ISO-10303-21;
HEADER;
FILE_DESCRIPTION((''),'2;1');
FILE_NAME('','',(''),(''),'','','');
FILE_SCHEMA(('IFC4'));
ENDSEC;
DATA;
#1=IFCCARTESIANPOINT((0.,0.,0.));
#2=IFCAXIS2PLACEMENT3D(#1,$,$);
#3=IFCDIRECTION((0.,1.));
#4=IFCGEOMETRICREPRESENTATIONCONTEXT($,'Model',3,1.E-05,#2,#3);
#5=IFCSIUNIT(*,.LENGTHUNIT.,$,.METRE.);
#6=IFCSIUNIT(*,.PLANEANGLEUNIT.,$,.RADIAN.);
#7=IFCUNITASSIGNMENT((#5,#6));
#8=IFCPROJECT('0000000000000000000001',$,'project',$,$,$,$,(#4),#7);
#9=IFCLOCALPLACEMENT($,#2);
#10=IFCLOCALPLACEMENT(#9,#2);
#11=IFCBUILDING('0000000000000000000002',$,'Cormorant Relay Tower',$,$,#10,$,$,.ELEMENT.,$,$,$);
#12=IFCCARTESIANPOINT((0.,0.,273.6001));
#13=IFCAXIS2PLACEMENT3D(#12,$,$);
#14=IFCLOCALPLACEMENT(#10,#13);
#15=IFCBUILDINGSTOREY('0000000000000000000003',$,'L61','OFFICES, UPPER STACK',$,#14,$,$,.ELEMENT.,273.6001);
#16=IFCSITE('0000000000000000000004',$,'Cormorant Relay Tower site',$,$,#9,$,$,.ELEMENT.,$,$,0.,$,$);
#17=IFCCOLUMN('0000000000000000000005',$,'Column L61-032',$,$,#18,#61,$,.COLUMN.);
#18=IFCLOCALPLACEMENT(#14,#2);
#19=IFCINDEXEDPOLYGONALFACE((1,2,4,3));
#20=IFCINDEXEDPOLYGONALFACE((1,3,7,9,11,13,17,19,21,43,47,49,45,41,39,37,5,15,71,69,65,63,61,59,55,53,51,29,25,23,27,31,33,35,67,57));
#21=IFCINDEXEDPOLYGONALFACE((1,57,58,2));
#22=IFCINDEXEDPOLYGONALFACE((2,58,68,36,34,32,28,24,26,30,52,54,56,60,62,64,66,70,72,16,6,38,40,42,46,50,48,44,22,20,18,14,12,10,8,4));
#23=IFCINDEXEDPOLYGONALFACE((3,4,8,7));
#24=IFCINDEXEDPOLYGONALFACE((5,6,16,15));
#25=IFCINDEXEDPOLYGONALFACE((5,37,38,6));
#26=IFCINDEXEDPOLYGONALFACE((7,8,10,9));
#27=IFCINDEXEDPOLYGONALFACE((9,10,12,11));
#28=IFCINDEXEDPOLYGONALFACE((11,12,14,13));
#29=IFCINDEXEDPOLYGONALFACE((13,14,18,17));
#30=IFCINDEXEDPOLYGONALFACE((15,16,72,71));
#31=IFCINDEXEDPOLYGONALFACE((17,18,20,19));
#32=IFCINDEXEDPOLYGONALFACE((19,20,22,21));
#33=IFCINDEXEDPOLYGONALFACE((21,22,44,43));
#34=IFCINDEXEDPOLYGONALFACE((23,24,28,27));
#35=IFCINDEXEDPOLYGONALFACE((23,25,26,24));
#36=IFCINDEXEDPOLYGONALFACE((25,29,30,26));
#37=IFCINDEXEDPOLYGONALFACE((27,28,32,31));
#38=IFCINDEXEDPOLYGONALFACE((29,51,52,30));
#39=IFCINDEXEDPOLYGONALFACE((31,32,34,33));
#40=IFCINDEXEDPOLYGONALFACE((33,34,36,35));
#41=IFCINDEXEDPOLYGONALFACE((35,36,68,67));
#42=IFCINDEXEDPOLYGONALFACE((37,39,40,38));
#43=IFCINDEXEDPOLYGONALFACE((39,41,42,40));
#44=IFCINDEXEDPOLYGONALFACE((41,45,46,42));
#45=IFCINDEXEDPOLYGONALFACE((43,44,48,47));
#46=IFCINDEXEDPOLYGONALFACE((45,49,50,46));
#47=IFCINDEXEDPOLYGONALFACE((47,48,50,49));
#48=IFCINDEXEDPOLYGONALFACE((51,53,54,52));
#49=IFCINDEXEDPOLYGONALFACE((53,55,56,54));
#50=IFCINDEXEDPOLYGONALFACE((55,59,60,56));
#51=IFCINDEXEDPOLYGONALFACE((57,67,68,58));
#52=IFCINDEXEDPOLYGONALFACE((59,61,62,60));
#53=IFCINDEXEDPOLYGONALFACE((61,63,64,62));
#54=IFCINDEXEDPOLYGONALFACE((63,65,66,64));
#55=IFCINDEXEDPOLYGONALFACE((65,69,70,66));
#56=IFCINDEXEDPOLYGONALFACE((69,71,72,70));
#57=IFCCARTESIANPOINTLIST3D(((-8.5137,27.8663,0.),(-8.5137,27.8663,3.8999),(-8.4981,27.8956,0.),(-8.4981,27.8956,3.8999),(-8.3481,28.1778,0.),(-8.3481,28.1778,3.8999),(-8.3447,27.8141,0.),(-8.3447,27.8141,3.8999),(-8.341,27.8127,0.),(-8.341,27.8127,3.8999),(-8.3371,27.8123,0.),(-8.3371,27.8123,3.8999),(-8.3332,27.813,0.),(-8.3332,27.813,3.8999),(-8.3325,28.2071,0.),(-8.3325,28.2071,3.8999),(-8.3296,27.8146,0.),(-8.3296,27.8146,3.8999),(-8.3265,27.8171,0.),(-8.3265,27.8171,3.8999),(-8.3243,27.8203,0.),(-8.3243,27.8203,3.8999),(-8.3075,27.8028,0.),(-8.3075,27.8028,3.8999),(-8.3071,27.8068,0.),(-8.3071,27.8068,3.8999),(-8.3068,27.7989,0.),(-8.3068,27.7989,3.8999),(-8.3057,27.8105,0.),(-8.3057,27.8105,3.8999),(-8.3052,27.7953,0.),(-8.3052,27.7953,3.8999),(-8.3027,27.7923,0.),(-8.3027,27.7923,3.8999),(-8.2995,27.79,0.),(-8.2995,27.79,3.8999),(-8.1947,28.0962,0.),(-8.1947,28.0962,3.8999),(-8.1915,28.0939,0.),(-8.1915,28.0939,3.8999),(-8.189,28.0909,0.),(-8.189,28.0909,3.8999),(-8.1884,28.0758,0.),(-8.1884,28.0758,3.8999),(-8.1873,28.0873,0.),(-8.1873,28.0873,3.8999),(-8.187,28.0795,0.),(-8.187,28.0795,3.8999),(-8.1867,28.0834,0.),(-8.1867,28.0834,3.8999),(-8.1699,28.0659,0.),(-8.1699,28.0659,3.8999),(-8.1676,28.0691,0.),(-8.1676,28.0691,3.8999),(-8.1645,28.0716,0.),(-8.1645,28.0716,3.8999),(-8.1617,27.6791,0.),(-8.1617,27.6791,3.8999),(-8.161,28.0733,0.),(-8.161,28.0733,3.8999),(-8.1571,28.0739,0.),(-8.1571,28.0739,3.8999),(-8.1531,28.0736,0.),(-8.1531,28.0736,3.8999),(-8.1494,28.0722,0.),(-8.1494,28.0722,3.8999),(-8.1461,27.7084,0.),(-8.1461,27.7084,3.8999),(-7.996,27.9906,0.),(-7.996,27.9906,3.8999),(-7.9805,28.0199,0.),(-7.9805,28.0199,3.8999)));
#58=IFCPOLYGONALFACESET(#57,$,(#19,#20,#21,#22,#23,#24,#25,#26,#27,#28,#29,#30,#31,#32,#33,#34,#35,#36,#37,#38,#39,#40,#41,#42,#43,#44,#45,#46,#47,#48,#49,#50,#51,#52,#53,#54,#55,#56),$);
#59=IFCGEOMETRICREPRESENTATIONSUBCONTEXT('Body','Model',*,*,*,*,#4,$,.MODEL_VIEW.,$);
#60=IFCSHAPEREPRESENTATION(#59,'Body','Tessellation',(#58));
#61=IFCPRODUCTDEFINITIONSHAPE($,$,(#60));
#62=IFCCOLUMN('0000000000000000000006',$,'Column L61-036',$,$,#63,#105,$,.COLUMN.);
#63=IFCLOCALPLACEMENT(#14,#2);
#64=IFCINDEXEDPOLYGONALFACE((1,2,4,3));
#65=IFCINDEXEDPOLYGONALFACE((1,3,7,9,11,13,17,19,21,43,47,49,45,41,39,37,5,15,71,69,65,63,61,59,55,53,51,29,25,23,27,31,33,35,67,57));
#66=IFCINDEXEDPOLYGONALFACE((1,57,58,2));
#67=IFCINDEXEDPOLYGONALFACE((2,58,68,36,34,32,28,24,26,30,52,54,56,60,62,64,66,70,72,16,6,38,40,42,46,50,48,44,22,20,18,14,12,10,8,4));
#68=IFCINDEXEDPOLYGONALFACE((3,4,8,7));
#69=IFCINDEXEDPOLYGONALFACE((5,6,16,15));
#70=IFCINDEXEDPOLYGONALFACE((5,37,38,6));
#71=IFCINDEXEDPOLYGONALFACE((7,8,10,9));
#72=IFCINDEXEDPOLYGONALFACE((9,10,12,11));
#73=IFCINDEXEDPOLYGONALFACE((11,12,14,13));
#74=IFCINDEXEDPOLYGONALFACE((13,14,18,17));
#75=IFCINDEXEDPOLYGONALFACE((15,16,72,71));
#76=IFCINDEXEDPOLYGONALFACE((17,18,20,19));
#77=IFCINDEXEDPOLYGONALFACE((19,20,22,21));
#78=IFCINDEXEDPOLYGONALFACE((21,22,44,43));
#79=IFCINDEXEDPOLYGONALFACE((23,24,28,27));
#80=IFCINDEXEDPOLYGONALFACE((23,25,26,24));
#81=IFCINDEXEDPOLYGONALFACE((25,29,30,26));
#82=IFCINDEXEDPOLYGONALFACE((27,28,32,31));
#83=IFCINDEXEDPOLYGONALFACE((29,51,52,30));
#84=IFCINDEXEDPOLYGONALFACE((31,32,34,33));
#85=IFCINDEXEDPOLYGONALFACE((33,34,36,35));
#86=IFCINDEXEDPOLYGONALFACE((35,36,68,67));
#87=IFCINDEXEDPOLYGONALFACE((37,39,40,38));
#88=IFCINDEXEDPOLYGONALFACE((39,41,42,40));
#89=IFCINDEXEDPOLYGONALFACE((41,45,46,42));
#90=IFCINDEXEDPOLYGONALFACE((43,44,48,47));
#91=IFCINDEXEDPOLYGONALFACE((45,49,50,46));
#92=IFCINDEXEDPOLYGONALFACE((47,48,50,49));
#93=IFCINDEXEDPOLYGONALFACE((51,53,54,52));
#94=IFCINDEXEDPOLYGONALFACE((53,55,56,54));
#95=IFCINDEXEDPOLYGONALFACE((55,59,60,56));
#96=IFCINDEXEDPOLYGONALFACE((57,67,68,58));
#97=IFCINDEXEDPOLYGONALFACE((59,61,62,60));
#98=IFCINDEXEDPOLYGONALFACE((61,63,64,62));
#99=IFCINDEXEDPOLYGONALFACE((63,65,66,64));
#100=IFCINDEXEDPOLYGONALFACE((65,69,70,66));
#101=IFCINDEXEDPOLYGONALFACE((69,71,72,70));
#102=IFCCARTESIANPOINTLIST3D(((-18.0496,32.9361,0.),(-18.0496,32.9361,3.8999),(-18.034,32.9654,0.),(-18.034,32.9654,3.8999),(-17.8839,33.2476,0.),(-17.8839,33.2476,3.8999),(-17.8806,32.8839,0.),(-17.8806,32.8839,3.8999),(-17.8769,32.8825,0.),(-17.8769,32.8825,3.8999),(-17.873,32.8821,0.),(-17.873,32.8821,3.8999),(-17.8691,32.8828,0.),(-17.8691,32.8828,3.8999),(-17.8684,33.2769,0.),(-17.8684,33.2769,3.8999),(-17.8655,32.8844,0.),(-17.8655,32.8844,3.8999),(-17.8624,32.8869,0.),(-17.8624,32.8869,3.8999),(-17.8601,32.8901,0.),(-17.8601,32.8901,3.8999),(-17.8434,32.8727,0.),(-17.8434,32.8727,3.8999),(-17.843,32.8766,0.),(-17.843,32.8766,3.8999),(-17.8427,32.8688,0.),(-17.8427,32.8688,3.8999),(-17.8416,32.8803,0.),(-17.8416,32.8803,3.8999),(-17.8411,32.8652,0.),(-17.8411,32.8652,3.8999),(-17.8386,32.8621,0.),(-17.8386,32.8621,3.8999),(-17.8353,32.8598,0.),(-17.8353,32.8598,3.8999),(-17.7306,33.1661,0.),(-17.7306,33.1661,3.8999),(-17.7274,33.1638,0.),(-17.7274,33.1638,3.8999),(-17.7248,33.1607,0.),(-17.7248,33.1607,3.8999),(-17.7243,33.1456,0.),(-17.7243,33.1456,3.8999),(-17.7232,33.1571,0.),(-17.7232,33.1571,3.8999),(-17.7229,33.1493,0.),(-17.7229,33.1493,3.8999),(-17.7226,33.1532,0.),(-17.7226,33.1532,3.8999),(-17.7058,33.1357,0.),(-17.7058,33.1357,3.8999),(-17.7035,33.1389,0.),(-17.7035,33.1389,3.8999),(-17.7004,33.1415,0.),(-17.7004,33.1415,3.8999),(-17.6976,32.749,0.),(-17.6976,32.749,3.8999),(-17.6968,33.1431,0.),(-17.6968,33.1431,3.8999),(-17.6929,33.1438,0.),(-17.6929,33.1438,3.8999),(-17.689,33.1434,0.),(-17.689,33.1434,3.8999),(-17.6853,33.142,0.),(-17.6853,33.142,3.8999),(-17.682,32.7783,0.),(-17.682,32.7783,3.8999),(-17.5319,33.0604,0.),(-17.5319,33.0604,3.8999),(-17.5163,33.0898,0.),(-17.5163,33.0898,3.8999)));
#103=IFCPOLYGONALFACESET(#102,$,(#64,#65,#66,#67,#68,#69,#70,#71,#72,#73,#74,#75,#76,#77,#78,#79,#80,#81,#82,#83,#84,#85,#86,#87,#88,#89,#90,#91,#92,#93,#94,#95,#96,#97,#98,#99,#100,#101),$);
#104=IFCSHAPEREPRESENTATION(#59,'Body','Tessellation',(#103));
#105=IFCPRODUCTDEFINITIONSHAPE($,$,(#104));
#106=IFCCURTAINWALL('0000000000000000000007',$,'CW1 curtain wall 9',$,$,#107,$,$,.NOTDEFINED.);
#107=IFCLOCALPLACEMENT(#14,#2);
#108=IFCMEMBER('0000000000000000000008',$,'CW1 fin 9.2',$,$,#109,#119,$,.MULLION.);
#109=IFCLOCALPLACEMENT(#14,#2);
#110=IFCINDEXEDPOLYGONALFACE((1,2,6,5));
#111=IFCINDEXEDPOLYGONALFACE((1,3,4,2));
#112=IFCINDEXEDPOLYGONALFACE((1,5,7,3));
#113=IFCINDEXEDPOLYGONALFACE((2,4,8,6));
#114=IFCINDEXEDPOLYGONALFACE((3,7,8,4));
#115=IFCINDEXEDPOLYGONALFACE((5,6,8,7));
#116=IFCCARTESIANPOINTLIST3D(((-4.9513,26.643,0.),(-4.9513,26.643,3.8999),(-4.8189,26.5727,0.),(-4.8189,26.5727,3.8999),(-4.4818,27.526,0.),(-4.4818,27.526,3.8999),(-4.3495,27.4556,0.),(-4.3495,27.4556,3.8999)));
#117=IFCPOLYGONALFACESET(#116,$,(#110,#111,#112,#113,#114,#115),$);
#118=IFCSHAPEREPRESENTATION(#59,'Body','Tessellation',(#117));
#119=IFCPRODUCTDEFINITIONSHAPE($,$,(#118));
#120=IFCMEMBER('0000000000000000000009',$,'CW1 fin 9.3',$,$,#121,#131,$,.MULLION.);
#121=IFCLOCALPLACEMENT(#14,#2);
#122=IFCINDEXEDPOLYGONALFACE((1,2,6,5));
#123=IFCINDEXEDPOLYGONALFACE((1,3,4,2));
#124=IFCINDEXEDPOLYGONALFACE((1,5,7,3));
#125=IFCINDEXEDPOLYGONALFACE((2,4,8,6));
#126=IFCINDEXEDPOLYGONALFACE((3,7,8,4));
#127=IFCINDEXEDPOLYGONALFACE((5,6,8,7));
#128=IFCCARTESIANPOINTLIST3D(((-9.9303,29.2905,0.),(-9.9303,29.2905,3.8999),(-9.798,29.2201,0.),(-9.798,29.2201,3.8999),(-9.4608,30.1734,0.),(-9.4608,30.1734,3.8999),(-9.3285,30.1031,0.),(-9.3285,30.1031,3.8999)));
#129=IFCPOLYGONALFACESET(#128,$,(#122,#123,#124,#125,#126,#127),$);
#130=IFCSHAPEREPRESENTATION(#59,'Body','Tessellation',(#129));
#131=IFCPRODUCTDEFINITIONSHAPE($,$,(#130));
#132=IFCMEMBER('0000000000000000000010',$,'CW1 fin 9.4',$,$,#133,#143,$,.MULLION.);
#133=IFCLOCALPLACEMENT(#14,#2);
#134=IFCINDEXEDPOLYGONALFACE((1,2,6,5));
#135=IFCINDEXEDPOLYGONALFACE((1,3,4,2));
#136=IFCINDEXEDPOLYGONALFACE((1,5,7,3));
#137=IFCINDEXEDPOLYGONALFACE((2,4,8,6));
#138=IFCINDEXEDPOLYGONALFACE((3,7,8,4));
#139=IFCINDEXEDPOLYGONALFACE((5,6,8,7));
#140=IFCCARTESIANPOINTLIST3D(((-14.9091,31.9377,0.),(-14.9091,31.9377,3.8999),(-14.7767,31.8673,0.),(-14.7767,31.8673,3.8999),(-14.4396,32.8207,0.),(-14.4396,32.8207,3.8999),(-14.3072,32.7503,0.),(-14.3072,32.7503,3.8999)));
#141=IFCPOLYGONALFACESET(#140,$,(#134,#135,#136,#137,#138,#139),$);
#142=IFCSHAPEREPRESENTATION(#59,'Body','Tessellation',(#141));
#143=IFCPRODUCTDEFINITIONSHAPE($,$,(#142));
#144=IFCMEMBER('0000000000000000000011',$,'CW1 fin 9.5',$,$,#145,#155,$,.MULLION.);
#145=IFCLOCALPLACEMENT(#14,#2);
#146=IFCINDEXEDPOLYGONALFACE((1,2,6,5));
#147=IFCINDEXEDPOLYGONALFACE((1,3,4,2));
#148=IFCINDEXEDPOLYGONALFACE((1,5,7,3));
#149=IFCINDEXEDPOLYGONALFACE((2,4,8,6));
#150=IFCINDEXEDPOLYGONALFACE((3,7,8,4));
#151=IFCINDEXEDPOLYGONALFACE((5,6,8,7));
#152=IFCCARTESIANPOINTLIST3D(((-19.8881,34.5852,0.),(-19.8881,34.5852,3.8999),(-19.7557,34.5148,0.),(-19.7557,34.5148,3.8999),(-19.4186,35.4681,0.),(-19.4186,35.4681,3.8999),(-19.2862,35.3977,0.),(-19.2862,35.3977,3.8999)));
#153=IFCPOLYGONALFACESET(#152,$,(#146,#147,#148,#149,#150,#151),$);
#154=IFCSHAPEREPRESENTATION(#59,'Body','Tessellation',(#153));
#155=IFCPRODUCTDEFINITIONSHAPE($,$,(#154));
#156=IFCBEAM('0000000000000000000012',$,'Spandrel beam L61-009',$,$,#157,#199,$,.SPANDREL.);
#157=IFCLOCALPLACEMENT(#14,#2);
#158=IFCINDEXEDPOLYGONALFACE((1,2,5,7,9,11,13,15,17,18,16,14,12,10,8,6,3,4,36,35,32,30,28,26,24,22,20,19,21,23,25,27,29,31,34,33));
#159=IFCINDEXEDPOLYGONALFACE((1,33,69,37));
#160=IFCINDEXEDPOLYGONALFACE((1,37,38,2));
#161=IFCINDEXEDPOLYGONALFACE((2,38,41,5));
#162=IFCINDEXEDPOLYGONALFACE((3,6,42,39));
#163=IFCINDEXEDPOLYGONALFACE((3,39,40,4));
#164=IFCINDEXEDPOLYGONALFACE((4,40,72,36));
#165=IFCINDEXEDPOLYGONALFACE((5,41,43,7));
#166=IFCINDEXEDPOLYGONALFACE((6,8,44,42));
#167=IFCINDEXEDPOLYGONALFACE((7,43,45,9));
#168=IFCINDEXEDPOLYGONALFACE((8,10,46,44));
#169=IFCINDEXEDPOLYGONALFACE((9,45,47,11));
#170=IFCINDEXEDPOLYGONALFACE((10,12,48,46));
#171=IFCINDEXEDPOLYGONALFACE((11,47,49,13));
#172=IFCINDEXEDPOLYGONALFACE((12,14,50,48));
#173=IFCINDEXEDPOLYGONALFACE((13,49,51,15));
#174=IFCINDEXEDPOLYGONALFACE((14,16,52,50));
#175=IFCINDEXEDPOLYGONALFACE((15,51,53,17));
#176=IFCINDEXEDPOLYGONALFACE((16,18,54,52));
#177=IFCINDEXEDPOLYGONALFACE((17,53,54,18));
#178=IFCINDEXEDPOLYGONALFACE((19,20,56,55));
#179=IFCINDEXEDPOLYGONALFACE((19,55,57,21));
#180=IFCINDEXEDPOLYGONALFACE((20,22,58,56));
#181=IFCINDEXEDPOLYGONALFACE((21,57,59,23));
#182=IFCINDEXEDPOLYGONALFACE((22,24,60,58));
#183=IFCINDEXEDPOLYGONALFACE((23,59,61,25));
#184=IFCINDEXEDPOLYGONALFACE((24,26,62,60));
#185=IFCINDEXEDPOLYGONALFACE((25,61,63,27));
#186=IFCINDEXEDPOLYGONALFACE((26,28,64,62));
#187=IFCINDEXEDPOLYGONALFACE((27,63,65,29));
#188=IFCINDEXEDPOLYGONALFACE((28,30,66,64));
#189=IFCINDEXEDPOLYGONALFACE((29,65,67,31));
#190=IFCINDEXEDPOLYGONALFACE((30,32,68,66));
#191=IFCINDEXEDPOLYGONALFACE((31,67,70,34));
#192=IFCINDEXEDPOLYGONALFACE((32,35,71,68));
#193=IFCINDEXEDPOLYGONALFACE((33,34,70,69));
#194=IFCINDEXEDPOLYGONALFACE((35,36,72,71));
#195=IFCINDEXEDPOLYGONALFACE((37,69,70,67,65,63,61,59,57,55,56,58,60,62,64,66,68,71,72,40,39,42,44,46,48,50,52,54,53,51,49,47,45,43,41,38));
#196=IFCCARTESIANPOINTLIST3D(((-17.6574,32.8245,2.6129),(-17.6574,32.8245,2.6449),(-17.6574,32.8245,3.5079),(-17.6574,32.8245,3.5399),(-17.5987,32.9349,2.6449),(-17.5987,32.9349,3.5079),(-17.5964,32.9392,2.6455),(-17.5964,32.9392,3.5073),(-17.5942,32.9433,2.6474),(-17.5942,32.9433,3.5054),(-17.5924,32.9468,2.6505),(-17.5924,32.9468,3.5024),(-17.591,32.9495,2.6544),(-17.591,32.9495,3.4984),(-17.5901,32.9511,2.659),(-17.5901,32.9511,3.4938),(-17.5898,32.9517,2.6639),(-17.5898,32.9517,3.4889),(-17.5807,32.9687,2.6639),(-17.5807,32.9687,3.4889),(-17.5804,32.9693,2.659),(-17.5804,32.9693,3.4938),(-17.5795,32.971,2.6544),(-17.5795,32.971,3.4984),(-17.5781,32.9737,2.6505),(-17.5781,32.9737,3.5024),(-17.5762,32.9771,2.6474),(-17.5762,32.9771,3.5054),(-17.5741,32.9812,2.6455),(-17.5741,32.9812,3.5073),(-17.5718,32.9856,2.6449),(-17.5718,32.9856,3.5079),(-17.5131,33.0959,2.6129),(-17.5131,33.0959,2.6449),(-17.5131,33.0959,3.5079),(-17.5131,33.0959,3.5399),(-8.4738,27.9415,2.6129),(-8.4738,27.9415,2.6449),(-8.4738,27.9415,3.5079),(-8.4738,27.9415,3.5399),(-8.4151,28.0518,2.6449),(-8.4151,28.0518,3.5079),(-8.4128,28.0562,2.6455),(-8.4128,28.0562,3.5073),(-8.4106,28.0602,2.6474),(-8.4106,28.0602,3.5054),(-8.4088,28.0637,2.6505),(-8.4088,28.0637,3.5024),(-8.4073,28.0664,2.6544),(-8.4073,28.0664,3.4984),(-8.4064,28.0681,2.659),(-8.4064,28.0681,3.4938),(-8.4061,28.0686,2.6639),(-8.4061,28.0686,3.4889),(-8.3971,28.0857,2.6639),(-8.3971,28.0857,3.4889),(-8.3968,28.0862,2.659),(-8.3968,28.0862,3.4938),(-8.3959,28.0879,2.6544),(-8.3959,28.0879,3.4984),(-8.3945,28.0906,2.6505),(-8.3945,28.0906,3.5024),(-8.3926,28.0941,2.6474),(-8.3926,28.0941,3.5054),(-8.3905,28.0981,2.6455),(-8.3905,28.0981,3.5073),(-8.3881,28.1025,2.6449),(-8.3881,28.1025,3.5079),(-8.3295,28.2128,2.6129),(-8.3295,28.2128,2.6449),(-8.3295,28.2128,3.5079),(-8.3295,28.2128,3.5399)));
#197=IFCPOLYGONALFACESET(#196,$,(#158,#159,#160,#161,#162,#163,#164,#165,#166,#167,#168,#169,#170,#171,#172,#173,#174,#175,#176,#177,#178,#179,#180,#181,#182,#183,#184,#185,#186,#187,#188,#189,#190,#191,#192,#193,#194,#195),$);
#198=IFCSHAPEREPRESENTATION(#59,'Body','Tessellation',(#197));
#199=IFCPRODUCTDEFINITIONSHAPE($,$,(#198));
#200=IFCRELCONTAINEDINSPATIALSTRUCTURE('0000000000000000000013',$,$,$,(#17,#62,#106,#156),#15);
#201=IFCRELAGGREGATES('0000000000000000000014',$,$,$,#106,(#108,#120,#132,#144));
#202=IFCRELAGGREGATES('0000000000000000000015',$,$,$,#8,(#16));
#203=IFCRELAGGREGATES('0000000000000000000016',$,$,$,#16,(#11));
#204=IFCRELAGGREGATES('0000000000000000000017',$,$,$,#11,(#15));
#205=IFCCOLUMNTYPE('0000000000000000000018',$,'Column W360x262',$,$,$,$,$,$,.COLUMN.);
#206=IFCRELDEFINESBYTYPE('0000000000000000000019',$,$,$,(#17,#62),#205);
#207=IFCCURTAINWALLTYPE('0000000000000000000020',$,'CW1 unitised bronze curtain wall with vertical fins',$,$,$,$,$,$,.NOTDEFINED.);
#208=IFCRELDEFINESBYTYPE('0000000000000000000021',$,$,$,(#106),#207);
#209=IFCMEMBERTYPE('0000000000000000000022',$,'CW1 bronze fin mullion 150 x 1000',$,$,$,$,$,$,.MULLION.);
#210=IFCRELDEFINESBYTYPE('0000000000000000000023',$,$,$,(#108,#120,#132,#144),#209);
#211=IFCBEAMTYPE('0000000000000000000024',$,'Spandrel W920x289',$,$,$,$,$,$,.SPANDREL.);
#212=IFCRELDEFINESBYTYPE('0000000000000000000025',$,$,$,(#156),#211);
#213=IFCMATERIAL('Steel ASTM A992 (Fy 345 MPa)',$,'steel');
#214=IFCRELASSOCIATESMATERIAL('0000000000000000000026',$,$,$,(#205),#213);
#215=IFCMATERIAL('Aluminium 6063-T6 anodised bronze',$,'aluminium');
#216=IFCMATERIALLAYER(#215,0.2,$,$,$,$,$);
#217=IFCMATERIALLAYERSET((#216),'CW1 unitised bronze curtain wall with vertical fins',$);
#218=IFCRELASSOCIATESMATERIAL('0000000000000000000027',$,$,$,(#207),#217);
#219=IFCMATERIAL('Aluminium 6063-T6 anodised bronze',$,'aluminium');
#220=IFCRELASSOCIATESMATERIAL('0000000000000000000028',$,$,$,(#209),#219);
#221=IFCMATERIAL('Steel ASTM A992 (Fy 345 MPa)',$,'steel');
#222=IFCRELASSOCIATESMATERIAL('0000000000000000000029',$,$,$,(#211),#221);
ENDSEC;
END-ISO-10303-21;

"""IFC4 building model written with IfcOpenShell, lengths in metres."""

from ifc_helpers import new_model, si_unit, direction, frame, origin, origin_2d, place, context, subcontext, project, spatial, rectangle, i_section, extrude, material, layer, layer_set, material_profile, profile_set, type_object, element, aggregate, save


model = new_model("IFC4")

# Units and contexts
model_context = context("Model", 3, precision=1e-05, world=origin(), true_north=direction((0.0, 1.0)))
body_context = subcontext(model_context, "Body", "Model", "MODEL_VIEW")
ifc_project = project(units=[si_unit("LENGTHUNIT", "METRE"), si_unit("PLANEANGLEUNIT", "RADIAN")], contexts=[model_context])

# Site, building, storey
site_placement = place(None, origin())
site = spatial("IfcSite", under=ifc_project, at=site_placement, Name="Cormorant Relay Tower site", CompositionType="ELEMENT", RefElevation=0.0)
building_placement = place(site_placement, origin())
building = spatial("IfcBuilding", under=site, at=building_placement, Name="Cormorant Relay Tower", CompositionType="ELEMENT")
storey_placement = place(building_placement, frame((0.0, 0.0, 273.6001)))
storey = spatial("IfcBuildingStorey", under=building, at=storey_placement, Name="L61", Description="OFFICES, UPPER STACK", CompositionType="ELEMENT", Elevation=273.6001)

# Columns
ifc_material_1 = material(Name="Steel ASTM A992 (Fy 345 MPa)", Category="steel")
ifc_material_profile_1 = material_profile(ifc_material_1, i_section(OverallWidth=0.3987, OverallDepth=0.386, WebThickness=0.021, FlangeThickness=0.0332, FilletRadius=0.0151, at=origin_2d()), Name="W360x262")
ifc_profile_set_1 = profile_set([ifc_material_profile_1], Name="Steel ASTM A992 (Fy 345 MPa)")
column_type = type_object("IfcColumnType", Name="Column W360x262", PredefinedType="COLUMN", material=ifc_profile_set_1)
for number, where, z_axis, x_axis, name in (
    (1, (-8.2471, 27.9431, 0.0), (0.0, 0.0, 1.0), (-0.882948, 0.469472, 0.0), "Column L61-032"),
    (2, (-17.783, 33.0129, 0.0), (0.0, 0.0, 1.0), (-0.882948, 0.469472, 0.0), "Column L61-036"),
):
    element("IfcColumn", number, at=place(storey_placement, frame(where, z_axis=z_axis, x_axis=x_axis)), inside=storey, type_object=column_type, Name=name, PredefinedType="COLUMN", context=body_context, shape_type="SweptSolid", body=[
        extrude(i_section(OverallWidth=0.3987, OverallDepth=0.386, WebThickness=0.021, FlangeThickness=0.0332, FilletRadius=0.0151, at=origin_2d()), origin(), (0.0, 0.0, 1.0), 3.8999),
    ])

# Curtain wall, members
ifc_material_2 = material(Name="Aluminium 6063-T6 anodised bronze", Category="aluminium")
ifc_layer_1 = layer(ifc_material_2, 0.2)
ifc_layer_set_1 = layer_set([ifc_layer_1], Name="CW1 unitised bronze curtain wall with vertical fins")
curtain_wall_type = type_object("IfcCurtainWallType", Name="CW1 unitised bronze curtain wall with vertical fins", PredefinedType="NOTDEFINED", material=ifc_layer_set_1)
curtain_wall_placement = place(storey_placement, origin())
curtain_wall = element("IfcCurtainWall", 3, at=curtain_wall_placement, inside=storey, type_object=curtain_wall_type, Name="CW1 curtain wall 9", PredefinedType="NOTDEFINED")
ifc_material_3 = material(Name="Aluminium 6063-T6 anodised bronze", Category="aluminium")
ifc_material_profile_2 = material_profile(ifc_material_3, rectangle(XDim=0.1499, YDim=1.0, at=origin_2d()), Name="AL 150x1000")
ifc_profile_set_2 = profile_set([ifc_material_profile_2], Name="Aluminium 6063-T6 anodised bronze")
member_type = type_object("IfcMemberType", Name="CW1 bronze fin mullion 150 x 1000", PredefinedType="MULLION", material=ifc_profile_set_2)
member_1_placement = place(storey_placement, frame((-4.6504, 27.0493, 0.0), z_axis=(0.0, 0.0, 1.0), x_axis=(-0.882948, 0.469472, 0.0)))
member_1 = element("IfcMember", 4, at=member_1_placement, type_object=member_type, Name="CW1 fin 9.2", PredefinedType="MULLION", context=body_context, shape_type="SweptSolid", body=[
    extrude(rectangle(XDim=0.1499, YDim=1.0, at=origin_2d()), origin(), (0.0, 0.0, 1.0), 3.8999),
])
member_2_placement = place(storey_placement, frame((-9.6294, 29.6968, 0.0), z_axis=(0.0, 0.0, 1.0), x_axis=(-0.882948, 0.469472, 0.0)))
member_2 = element("IfcMember", 5, at=member_2_placement, type_object=member_type, Name="CW1 fin 9.3", PredefinedType="MULLION", context=body_context, shape_type="SweptSolid", body=[
    extrude(rectangle(XDim=0.1499, YDim=1.0, at=origin_2d()), origin(), (0.0, 0.0, 1.0), 3.8999),
])
member_3_placement = place(storey_placement, frame((-14.6082, 32.344, 0.0), z_axis=(0.0, 0.0, 1.0), x_axis=(-0.882948, 0.469472, 0.0)))
member_3 = element("IfcMember", 6, at=member_3_placement, type_object=member_type, Name="CW1 fin 9.4", PredefinedType="MULLION", context=body_context, shape_type="SweptSolid", body=[
    extrude(rectangle(XDim=0.1499, YDim=1.0, at=origin_2d()), origin(), (0.0, 0.0, 1.0), 3.8999),
])
member_4_placement = place(storey_placement, frame((-19.5872, 34.9915, 0.0), z_axis=(0.0, 0.0, 1.0), x_axis=(-0.882948, 0.469472, 0.0)))
member_4 = element("IfcMember", 7, at=member_4_placement, type_object=member_type, Name="CW1 fin 9.5", PredefinedType="MULLION", context=body_context, shape_type="SweptSolid", body=[
    extrude(rectangle(XDim=0.1499, YDim=1.0, at=origin_2d()), origin(), (0.0, 0.0, 1.0), 3.8999),
])

# Beam
ifc_material_4 = material(Name="Steel ASTM A992 (Fy 345 MPa)", Category="steel")
ifc_material_profile_3 = material_profile(ifc_material_4, i_section(OverallWidth=0.3074, OverallDepth=0.927, WebThickness=0.0193, FlangeThickness=0.032, FilletRadius=0.019, at=origin_2d()), Name="W920x289")
ifc_profile_set_3 = profile_set([ifc_material_profile_3], Name="Steel ASTM A992 (Fy 345 MPa)")
beam_type_1 = type_object("IfcBeamType", Name="Spandrel W920x289", PredefinedType="SPANDREL", material=ifc_profile_set_3)
beam_1_placement = place(storey_placement, frame((-8.4016, 28.0771, 3.0764), z_axis=(-0.882945, 0.469476, 0.0), x_axis=(-0.469476, -0.882945, 0.0)))
element("IfcBeam", 8, at=beam_1_placement, inside=storey, type_object=beam_type_1, Name="Spandrel beam L61-009", PredefinedType="SPANDREL", context=body_context, shape_type="SweptSolid", body=[
    extrude(i_section(OverallWidth=0.3074, OverallDepth=0.927, WebThickness=0.0193, FlangeThickness=0.032, FilletRadius=0.019, at=origin_2d()), origin(), (0.0, 0.0, 1.0), 10.4011),
])

aggregate(curtain_wall, [member_1, member_2, member_3, member_4])

save(model, "model.ifc")
